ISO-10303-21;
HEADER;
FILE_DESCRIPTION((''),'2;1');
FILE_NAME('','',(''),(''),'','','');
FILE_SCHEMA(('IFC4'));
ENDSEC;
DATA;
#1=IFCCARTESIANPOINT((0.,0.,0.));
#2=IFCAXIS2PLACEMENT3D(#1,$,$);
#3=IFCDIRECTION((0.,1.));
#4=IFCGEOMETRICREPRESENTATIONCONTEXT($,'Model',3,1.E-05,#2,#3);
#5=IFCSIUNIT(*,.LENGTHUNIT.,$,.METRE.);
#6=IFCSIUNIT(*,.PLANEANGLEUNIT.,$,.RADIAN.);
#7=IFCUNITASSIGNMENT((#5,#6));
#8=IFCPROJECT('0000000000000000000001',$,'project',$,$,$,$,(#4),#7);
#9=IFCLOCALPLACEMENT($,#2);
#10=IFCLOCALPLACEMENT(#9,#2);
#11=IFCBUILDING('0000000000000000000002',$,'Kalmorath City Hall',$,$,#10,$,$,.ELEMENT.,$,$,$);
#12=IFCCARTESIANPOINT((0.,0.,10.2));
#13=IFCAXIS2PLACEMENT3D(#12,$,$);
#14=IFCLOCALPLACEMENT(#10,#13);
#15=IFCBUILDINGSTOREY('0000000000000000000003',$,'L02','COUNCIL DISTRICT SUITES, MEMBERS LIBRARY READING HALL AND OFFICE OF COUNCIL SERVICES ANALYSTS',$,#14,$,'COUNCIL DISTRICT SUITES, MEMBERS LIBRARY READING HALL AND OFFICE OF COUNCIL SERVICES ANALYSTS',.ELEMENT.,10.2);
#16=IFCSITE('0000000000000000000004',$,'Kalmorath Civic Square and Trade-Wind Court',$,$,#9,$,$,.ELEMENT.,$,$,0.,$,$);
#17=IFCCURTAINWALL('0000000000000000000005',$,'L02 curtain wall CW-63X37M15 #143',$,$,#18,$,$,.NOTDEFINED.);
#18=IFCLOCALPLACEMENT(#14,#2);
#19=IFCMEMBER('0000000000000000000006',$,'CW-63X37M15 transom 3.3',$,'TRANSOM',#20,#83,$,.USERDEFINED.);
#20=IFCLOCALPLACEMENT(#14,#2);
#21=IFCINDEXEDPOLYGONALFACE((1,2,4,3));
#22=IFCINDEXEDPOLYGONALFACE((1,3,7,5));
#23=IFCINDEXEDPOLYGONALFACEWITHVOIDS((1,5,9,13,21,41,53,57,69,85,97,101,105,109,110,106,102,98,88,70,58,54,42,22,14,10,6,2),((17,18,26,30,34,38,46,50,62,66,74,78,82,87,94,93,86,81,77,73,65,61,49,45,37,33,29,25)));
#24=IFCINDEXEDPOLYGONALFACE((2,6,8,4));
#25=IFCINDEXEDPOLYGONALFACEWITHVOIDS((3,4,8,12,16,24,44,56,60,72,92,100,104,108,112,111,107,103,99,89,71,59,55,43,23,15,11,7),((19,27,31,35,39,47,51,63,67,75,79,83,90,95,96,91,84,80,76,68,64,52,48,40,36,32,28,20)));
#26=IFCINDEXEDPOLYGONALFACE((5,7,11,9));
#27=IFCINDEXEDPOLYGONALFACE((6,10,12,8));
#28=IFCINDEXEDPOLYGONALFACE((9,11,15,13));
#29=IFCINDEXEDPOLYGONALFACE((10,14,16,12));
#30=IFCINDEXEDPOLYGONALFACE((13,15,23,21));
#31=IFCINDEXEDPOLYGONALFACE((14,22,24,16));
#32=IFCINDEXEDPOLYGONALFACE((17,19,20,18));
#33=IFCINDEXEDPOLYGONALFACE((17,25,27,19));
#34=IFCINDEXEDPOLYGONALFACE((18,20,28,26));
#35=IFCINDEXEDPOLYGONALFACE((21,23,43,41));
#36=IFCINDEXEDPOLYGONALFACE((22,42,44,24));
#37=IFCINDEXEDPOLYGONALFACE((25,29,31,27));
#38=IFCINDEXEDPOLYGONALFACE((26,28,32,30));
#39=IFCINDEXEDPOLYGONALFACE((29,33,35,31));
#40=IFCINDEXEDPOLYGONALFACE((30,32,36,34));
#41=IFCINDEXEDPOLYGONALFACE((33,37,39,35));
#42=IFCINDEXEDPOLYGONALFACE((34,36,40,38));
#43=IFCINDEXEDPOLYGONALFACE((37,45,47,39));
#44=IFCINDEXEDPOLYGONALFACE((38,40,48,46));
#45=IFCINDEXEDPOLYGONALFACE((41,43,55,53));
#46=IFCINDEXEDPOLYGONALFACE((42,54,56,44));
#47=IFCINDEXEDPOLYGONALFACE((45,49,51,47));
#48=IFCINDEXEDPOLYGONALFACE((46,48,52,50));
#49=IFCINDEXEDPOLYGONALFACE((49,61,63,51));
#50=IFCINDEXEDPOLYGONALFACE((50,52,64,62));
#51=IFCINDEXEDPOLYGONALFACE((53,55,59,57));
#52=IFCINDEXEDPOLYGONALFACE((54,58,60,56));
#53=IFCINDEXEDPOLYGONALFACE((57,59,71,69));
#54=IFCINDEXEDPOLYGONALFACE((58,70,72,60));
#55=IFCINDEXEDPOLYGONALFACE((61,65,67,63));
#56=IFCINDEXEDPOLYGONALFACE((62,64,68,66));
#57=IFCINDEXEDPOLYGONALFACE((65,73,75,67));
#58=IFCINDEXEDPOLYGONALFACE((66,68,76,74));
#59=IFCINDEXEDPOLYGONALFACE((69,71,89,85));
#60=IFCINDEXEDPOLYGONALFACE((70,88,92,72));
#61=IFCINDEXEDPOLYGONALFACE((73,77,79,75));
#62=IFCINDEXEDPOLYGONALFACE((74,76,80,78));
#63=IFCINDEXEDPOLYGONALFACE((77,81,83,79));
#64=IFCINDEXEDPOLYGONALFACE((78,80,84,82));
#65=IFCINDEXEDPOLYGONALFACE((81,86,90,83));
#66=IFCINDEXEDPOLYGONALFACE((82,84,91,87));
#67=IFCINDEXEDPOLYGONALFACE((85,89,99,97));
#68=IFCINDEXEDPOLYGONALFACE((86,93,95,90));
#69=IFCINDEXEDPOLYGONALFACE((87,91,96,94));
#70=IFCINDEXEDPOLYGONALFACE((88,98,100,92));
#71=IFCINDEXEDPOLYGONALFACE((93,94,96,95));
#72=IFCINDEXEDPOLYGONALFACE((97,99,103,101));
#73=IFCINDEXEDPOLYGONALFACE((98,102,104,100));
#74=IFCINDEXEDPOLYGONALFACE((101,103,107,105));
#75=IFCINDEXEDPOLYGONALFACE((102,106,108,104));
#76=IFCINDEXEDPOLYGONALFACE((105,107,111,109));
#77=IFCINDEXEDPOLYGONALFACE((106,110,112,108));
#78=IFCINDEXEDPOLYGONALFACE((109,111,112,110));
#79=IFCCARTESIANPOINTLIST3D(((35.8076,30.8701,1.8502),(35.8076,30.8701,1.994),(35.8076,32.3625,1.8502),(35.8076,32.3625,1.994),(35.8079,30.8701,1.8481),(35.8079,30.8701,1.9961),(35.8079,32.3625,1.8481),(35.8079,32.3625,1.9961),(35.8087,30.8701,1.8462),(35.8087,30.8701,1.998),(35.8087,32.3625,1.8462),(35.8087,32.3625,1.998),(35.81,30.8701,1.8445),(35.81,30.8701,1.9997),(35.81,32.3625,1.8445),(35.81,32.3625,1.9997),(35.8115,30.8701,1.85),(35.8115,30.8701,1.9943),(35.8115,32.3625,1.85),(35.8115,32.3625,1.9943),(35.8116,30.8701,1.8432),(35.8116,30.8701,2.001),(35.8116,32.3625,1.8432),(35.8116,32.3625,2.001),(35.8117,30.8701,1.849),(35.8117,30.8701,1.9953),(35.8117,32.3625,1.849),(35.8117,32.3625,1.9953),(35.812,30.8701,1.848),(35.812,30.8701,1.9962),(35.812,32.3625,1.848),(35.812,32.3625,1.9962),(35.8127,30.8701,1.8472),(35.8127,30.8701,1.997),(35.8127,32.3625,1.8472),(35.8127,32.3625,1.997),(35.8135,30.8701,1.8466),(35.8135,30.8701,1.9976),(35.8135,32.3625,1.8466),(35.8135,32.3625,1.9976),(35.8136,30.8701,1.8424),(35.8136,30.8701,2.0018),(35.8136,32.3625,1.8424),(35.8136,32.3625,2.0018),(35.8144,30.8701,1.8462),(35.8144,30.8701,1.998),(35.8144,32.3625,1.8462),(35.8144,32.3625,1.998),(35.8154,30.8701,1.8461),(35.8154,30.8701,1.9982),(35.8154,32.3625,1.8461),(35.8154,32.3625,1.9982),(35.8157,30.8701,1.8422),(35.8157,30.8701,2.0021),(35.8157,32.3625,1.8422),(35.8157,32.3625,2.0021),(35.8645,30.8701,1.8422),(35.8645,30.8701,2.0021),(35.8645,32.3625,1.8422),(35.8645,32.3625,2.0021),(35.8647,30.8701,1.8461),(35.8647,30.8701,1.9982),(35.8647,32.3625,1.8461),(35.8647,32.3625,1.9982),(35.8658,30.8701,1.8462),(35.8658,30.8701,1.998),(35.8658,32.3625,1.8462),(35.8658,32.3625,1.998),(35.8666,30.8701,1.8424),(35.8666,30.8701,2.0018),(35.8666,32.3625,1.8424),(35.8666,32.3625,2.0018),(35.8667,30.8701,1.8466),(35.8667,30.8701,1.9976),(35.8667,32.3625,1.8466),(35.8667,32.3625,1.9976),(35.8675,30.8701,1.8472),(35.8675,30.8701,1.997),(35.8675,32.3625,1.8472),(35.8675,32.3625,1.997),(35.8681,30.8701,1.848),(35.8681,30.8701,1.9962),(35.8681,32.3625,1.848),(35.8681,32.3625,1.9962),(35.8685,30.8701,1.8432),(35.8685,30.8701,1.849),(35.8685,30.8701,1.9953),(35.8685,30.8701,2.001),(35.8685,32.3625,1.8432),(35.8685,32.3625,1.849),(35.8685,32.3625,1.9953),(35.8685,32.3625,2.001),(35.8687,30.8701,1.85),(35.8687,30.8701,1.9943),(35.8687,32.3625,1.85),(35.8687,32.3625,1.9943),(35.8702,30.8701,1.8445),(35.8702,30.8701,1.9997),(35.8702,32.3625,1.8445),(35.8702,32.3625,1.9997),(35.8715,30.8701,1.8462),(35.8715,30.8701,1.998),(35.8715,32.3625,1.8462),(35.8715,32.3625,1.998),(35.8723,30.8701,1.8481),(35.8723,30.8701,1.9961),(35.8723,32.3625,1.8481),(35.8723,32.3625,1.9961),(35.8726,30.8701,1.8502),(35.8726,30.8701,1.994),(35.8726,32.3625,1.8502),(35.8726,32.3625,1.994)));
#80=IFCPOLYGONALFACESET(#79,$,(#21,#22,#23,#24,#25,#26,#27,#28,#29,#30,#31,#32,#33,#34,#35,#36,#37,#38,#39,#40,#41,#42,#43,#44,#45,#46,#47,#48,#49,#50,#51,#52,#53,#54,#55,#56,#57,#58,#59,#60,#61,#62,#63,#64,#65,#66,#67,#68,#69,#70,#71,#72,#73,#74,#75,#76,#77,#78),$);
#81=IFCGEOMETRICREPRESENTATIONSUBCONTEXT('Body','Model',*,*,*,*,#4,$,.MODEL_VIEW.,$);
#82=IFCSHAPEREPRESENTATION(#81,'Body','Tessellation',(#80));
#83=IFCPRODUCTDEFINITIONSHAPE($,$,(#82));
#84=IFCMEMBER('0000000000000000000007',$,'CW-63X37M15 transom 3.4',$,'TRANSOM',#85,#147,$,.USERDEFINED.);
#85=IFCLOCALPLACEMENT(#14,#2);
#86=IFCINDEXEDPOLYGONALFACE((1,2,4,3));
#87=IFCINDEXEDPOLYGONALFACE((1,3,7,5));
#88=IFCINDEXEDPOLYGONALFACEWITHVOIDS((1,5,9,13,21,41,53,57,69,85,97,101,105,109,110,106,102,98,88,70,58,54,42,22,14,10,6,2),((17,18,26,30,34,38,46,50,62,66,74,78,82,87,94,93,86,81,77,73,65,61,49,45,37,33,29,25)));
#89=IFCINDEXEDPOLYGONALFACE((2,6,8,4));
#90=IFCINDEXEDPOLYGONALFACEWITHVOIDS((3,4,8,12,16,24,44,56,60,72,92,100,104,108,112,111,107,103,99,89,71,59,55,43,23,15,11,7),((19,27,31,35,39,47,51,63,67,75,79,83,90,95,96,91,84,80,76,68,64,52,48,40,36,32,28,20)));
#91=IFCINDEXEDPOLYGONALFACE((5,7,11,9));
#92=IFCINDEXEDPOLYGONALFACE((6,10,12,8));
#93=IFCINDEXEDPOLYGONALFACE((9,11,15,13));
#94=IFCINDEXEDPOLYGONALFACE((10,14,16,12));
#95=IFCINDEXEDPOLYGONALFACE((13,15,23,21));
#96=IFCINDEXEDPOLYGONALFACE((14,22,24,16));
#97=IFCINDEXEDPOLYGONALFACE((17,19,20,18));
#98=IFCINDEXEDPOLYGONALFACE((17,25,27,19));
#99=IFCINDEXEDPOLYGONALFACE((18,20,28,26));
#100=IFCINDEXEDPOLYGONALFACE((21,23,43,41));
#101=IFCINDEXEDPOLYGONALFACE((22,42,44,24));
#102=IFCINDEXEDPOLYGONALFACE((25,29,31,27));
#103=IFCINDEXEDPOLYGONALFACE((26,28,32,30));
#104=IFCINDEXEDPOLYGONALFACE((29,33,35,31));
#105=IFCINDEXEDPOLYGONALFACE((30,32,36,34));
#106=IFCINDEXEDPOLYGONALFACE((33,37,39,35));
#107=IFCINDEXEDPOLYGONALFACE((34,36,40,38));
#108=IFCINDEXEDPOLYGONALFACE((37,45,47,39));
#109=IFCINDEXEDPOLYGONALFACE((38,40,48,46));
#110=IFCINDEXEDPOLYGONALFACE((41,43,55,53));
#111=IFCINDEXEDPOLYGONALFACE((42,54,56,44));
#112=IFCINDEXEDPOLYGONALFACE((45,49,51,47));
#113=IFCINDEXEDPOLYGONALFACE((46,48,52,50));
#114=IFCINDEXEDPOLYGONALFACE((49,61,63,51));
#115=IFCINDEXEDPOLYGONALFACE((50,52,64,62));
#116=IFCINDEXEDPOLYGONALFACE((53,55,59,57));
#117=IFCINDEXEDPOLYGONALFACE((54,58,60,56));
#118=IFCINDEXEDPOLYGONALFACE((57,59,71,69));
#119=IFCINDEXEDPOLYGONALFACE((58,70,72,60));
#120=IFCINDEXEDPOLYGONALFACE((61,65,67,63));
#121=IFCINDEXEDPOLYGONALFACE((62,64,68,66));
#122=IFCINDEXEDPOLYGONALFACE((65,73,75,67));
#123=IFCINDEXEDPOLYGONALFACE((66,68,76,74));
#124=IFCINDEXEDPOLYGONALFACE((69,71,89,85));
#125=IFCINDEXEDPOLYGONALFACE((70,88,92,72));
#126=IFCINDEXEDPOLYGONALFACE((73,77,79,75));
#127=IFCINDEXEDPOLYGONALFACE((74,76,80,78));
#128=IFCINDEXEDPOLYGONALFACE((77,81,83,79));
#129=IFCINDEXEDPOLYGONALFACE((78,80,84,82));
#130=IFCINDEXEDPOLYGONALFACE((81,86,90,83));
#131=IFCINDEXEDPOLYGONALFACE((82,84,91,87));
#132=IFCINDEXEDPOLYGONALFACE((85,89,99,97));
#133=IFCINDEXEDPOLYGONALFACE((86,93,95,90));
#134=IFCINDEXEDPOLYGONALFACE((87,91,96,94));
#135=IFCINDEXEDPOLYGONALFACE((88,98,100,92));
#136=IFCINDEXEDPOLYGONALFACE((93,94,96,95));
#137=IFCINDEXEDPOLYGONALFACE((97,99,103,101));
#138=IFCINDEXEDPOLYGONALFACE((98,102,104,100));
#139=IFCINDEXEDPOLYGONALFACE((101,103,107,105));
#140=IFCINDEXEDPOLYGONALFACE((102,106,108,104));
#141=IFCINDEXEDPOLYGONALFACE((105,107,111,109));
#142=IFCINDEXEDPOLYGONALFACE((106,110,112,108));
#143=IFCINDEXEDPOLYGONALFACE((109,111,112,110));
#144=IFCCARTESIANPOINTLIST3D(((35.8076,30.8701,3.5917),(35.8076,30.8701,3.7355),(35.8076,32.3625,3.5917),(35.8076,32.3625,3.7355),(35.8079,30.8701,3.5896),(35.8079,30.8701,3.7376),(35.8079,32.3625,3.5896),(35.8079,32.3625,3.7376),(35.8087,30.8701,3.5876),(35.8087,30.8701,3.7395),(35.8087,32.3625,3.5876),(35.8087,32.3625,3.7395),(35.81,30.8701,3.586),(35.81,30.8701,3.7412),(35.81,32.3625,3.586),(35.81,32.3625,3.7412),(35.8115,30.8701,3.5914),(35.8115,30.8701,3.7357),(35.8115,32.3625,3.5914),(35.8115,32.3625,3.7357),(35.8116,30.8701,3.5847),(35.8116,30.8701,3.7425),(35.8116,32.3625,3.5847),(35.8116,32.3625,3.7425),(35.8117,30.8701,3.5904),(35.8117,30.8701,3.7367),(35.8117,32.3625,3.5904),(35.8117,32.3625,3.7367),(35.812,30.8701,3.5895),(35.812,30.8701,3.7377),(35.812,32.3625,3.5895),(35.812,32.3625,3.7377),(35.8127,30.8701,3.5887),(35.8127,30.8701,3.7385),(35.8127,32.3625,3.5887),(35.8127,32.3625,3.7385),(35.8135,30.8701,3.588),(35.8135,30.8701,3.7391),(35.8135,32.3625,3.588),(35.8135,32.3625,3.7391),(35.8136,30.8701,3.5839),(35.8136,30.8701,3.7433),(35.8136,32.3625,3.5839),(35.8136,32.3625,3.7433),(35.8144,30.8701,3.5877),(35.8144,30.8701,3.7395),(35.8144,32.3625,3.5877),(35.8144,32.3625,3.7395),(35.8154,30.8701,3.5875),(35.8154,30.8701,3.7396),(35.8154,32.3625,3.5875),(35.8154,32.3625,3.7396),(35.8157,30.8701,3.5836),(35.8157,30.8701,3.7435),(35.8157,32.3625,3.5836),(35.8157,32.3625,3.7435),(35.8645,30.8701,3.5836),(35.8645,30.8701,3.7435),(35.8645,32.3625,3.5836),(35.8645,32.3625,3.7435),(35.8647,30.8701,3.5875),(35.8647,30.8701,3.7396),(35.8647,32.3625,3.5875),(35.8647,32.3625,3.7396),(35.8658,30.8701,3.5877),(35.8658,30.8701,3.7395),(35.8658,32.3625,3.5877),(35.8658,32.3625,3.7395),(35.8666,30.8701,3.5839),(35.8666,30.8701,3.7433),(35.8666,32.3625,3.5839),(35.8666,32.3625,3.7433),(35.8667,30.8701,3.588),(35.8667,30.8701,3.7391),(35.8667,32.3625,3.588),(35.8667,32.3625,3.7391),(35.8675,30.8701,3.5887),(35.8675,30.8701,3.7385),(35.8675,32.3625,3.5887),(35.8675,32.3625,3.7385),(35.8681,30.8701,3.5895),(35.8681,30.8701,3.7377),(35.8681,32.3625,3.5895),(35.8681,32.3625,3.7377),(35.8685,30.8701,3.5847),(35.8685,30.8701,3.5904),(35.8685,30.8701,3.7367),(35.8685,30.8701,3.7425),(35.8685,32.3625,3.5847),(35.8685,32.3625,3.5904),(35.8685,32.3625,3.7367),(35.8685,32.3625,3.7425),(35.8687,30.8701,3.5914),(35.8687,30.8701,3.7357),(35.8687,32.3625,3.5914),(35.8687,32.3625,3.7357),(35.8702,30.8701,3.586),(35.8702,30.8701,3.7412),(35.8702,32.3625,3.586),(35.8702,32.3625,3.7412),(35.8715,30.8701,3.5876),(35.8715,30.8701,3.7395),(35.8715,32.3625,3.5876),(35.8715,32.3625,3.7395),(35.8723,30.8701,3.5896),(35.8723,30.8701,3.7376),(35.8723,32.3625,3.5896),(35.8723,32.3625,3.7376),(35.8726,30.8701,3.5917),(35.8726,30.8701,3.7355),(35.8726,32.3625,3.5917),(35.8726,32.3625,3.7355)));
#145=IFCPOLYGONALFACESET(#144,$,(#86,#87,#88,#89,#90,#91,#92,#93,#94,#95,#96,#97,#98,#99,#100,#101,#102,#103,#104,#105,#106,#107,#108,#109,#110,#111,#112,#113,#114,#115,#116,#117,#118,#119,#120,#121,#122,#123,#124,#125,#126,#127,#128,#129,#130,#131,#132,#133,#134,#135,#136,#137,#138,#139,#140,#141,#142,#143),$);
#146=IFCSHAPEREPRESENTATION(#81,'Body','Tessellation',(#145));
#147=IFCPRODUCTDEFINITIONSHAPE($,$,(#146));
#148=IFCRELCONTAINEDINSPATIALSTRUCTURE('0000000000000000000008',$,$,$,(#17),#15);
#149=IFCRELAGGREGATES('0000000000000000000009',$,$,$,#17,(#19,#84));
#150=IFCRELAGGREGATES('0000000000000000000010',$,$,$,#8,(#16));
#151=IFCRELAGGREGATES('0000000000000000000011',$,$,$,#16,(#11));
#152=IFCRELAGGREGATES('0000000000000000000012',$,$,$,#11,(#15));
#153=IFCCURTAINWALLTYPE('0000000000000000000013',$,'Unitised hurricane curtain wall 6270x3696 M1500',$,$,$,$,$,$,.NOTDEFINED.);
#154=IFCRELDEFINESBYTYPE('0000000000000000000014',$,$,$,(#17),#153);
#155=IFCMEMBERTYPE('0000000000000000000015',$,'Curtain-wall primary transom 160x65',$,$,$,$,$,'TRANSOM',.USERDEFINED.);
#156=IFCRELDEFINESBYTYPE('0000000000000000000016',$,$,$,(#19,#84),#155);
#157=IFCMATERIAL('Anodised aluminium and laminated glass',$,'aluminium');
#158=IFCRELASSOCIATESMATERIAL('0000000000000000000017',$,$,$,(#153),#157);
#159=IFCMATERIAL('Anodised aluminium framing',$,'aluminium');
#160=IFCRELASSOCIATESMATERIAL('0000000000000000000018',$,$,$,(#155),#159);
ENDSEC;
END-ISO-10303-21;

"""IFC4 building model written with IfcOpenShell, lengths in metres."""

from ifc_helpers import new_model, si_unit, direction, frame, origin, origin_2d, place, context, subcontext, project, spatial, hollow_rectangle, extrude, material, material_profile, profile_set, type_object, element, aggregate, save


model = new_model("IFC4")

# Units and contexts
model_context = context("Model", 3, precision=1e-05, world=origin(), true_north=direction((0.0, 1.0)))
body_context = subcontext(model_context, "Body", "Model", "MODEL_VIEW")
ifc_project = project(units=[si_unit("LENGTHUNIT", "METRE"), si_unit("PLANEANGLEUNIT", "RADIAN")], contexts=[model_context])

# Site, building, storey
site_placement = place(None, origin())
site = spatial("IfcSite", under=ifc_project, at=site_placement, Name="Kalmorath Civic Square and Trade-Wind Court", CompositionType="ELEMENT", RefElevation=0.0)
building_placement = place(site_placement, origin())
building = spatial("IfcBuilding", under=site, at=building_placement, Name="Kalmorath City Hall", CompositionType="ELEMENT")
storey_placement = place(building_placement, frame((0.0, 0.0, 10.2)))
storey = spatial("IfcBuildingStorey", under=building, at=storey_placement, Name="L02", Description="COUNCIL DISTRICT SUITES, MEMBERS LIBRARY READING HALL AND OFFICE OF COUNCIL SERVICES ANALYSTS", LongName="COUNCIL DISTRICT SUITES, MEMBERS LIBRARY READING HALL AND OFFICE OF COUNCIL SERVICES ANALYSTS", CompositionType="ELEMENT", Elevation=10.2)

# Curtain wall, members
ifc_material_1 = material(Name="Anodised aluminium and laminated glass", Category="aluminium")
curtain_wall_type = type_object("IfcCurtainWallType", Name="Unitised hurricane curtain wall 6270x3696 M1500", PredefinedType="NOTDEFINED", material=ifc_material_1)
curtain_wall_placement = place(storey_placement, origin())
curtain_wall = element("IfcCurtainWall", 1, at=curtain_wall_placement, inside=storey, type_object=curtain_wall_type, Name="L02 curtain wall CW-63X37M15 #143", PredefinedType="NOTDEFINED")
ifc_material_2 = material(Name="Anodised aluminium framing", Category="aluminium")
ifc_material_profile_1 = material_profile(ifc_material_2, hollow_rectangle(XDim=0.0649, YDim=0.1599, WallThickness=0.0039, InnerFilletRadius=0.0039, OuterFilletRadius=0.0081, at=origin_2d()), Name="ALU-TRN-160X65X4")
ifc_profile_set_1 = profile_set([ifc_material_profile_1], Name="Anodised aluminium framing")
member_type_1 = type_object("IfcMemberType", Name="Curtain-wall primary transom 160x65", ElementType="TRANSOM", PredefinedType="USERDEFINED", material=ifc_profile_set_1)
member_1_placement = place(storey_placement, frame((35.8401, 32.3625, 1.9221), z_axis=(0.0, -1.0, 0.0), x_axis=(1.0, 0.0, 0.0)))
member_1 = element("IfcMember", 2, at=member_1_placement, type_object=member_type_1, Name="CW-63X37M15 transom 3.3", ObjectType="TRANSOM", PredefinedType="USERDEFINED", context=body_context, shape_type="SweptSolid", body=[
    extrude(hollow_rectangle(XDim=0.0649, YDim=0.1599, WallThickness=0.0039, InnerFilletRadius=0.0039, OuterFilletRadius=0.0081, at=origin_2d()), origin(), (0.0, 0.0, 1.0), 1.4924),
])
member_2_placement = place(storey_placement, frame((35.8401, 32.3625, 3.6636), z_axis=(0.0, -1.0, 0.0), x_axis=(1.0, 0.0, 0.0)))
member_2 = element("IfcMember", 3, at=member_2_placement, type_object=member_type_1, Name="CW-63X37M15 transom 3.4", ObjectType="TRANSOM", PredefinedType="USERDEFINED", context=body_context, shape_type="SweptSolid", body=[
    extrude(hollow_rectangle(XDim=0.0649, YDim=0.1599, WallThickness=0.0039, InnerFilletRadius=0.0039, OuterFilletRadius=0.0081, at=origin_2d()), origin(), (0.0, 0.0, 1.0), 1.4924),
])

aggregate(curtain_wall, [member_1, member_2])

save(model, "model.ifc")
